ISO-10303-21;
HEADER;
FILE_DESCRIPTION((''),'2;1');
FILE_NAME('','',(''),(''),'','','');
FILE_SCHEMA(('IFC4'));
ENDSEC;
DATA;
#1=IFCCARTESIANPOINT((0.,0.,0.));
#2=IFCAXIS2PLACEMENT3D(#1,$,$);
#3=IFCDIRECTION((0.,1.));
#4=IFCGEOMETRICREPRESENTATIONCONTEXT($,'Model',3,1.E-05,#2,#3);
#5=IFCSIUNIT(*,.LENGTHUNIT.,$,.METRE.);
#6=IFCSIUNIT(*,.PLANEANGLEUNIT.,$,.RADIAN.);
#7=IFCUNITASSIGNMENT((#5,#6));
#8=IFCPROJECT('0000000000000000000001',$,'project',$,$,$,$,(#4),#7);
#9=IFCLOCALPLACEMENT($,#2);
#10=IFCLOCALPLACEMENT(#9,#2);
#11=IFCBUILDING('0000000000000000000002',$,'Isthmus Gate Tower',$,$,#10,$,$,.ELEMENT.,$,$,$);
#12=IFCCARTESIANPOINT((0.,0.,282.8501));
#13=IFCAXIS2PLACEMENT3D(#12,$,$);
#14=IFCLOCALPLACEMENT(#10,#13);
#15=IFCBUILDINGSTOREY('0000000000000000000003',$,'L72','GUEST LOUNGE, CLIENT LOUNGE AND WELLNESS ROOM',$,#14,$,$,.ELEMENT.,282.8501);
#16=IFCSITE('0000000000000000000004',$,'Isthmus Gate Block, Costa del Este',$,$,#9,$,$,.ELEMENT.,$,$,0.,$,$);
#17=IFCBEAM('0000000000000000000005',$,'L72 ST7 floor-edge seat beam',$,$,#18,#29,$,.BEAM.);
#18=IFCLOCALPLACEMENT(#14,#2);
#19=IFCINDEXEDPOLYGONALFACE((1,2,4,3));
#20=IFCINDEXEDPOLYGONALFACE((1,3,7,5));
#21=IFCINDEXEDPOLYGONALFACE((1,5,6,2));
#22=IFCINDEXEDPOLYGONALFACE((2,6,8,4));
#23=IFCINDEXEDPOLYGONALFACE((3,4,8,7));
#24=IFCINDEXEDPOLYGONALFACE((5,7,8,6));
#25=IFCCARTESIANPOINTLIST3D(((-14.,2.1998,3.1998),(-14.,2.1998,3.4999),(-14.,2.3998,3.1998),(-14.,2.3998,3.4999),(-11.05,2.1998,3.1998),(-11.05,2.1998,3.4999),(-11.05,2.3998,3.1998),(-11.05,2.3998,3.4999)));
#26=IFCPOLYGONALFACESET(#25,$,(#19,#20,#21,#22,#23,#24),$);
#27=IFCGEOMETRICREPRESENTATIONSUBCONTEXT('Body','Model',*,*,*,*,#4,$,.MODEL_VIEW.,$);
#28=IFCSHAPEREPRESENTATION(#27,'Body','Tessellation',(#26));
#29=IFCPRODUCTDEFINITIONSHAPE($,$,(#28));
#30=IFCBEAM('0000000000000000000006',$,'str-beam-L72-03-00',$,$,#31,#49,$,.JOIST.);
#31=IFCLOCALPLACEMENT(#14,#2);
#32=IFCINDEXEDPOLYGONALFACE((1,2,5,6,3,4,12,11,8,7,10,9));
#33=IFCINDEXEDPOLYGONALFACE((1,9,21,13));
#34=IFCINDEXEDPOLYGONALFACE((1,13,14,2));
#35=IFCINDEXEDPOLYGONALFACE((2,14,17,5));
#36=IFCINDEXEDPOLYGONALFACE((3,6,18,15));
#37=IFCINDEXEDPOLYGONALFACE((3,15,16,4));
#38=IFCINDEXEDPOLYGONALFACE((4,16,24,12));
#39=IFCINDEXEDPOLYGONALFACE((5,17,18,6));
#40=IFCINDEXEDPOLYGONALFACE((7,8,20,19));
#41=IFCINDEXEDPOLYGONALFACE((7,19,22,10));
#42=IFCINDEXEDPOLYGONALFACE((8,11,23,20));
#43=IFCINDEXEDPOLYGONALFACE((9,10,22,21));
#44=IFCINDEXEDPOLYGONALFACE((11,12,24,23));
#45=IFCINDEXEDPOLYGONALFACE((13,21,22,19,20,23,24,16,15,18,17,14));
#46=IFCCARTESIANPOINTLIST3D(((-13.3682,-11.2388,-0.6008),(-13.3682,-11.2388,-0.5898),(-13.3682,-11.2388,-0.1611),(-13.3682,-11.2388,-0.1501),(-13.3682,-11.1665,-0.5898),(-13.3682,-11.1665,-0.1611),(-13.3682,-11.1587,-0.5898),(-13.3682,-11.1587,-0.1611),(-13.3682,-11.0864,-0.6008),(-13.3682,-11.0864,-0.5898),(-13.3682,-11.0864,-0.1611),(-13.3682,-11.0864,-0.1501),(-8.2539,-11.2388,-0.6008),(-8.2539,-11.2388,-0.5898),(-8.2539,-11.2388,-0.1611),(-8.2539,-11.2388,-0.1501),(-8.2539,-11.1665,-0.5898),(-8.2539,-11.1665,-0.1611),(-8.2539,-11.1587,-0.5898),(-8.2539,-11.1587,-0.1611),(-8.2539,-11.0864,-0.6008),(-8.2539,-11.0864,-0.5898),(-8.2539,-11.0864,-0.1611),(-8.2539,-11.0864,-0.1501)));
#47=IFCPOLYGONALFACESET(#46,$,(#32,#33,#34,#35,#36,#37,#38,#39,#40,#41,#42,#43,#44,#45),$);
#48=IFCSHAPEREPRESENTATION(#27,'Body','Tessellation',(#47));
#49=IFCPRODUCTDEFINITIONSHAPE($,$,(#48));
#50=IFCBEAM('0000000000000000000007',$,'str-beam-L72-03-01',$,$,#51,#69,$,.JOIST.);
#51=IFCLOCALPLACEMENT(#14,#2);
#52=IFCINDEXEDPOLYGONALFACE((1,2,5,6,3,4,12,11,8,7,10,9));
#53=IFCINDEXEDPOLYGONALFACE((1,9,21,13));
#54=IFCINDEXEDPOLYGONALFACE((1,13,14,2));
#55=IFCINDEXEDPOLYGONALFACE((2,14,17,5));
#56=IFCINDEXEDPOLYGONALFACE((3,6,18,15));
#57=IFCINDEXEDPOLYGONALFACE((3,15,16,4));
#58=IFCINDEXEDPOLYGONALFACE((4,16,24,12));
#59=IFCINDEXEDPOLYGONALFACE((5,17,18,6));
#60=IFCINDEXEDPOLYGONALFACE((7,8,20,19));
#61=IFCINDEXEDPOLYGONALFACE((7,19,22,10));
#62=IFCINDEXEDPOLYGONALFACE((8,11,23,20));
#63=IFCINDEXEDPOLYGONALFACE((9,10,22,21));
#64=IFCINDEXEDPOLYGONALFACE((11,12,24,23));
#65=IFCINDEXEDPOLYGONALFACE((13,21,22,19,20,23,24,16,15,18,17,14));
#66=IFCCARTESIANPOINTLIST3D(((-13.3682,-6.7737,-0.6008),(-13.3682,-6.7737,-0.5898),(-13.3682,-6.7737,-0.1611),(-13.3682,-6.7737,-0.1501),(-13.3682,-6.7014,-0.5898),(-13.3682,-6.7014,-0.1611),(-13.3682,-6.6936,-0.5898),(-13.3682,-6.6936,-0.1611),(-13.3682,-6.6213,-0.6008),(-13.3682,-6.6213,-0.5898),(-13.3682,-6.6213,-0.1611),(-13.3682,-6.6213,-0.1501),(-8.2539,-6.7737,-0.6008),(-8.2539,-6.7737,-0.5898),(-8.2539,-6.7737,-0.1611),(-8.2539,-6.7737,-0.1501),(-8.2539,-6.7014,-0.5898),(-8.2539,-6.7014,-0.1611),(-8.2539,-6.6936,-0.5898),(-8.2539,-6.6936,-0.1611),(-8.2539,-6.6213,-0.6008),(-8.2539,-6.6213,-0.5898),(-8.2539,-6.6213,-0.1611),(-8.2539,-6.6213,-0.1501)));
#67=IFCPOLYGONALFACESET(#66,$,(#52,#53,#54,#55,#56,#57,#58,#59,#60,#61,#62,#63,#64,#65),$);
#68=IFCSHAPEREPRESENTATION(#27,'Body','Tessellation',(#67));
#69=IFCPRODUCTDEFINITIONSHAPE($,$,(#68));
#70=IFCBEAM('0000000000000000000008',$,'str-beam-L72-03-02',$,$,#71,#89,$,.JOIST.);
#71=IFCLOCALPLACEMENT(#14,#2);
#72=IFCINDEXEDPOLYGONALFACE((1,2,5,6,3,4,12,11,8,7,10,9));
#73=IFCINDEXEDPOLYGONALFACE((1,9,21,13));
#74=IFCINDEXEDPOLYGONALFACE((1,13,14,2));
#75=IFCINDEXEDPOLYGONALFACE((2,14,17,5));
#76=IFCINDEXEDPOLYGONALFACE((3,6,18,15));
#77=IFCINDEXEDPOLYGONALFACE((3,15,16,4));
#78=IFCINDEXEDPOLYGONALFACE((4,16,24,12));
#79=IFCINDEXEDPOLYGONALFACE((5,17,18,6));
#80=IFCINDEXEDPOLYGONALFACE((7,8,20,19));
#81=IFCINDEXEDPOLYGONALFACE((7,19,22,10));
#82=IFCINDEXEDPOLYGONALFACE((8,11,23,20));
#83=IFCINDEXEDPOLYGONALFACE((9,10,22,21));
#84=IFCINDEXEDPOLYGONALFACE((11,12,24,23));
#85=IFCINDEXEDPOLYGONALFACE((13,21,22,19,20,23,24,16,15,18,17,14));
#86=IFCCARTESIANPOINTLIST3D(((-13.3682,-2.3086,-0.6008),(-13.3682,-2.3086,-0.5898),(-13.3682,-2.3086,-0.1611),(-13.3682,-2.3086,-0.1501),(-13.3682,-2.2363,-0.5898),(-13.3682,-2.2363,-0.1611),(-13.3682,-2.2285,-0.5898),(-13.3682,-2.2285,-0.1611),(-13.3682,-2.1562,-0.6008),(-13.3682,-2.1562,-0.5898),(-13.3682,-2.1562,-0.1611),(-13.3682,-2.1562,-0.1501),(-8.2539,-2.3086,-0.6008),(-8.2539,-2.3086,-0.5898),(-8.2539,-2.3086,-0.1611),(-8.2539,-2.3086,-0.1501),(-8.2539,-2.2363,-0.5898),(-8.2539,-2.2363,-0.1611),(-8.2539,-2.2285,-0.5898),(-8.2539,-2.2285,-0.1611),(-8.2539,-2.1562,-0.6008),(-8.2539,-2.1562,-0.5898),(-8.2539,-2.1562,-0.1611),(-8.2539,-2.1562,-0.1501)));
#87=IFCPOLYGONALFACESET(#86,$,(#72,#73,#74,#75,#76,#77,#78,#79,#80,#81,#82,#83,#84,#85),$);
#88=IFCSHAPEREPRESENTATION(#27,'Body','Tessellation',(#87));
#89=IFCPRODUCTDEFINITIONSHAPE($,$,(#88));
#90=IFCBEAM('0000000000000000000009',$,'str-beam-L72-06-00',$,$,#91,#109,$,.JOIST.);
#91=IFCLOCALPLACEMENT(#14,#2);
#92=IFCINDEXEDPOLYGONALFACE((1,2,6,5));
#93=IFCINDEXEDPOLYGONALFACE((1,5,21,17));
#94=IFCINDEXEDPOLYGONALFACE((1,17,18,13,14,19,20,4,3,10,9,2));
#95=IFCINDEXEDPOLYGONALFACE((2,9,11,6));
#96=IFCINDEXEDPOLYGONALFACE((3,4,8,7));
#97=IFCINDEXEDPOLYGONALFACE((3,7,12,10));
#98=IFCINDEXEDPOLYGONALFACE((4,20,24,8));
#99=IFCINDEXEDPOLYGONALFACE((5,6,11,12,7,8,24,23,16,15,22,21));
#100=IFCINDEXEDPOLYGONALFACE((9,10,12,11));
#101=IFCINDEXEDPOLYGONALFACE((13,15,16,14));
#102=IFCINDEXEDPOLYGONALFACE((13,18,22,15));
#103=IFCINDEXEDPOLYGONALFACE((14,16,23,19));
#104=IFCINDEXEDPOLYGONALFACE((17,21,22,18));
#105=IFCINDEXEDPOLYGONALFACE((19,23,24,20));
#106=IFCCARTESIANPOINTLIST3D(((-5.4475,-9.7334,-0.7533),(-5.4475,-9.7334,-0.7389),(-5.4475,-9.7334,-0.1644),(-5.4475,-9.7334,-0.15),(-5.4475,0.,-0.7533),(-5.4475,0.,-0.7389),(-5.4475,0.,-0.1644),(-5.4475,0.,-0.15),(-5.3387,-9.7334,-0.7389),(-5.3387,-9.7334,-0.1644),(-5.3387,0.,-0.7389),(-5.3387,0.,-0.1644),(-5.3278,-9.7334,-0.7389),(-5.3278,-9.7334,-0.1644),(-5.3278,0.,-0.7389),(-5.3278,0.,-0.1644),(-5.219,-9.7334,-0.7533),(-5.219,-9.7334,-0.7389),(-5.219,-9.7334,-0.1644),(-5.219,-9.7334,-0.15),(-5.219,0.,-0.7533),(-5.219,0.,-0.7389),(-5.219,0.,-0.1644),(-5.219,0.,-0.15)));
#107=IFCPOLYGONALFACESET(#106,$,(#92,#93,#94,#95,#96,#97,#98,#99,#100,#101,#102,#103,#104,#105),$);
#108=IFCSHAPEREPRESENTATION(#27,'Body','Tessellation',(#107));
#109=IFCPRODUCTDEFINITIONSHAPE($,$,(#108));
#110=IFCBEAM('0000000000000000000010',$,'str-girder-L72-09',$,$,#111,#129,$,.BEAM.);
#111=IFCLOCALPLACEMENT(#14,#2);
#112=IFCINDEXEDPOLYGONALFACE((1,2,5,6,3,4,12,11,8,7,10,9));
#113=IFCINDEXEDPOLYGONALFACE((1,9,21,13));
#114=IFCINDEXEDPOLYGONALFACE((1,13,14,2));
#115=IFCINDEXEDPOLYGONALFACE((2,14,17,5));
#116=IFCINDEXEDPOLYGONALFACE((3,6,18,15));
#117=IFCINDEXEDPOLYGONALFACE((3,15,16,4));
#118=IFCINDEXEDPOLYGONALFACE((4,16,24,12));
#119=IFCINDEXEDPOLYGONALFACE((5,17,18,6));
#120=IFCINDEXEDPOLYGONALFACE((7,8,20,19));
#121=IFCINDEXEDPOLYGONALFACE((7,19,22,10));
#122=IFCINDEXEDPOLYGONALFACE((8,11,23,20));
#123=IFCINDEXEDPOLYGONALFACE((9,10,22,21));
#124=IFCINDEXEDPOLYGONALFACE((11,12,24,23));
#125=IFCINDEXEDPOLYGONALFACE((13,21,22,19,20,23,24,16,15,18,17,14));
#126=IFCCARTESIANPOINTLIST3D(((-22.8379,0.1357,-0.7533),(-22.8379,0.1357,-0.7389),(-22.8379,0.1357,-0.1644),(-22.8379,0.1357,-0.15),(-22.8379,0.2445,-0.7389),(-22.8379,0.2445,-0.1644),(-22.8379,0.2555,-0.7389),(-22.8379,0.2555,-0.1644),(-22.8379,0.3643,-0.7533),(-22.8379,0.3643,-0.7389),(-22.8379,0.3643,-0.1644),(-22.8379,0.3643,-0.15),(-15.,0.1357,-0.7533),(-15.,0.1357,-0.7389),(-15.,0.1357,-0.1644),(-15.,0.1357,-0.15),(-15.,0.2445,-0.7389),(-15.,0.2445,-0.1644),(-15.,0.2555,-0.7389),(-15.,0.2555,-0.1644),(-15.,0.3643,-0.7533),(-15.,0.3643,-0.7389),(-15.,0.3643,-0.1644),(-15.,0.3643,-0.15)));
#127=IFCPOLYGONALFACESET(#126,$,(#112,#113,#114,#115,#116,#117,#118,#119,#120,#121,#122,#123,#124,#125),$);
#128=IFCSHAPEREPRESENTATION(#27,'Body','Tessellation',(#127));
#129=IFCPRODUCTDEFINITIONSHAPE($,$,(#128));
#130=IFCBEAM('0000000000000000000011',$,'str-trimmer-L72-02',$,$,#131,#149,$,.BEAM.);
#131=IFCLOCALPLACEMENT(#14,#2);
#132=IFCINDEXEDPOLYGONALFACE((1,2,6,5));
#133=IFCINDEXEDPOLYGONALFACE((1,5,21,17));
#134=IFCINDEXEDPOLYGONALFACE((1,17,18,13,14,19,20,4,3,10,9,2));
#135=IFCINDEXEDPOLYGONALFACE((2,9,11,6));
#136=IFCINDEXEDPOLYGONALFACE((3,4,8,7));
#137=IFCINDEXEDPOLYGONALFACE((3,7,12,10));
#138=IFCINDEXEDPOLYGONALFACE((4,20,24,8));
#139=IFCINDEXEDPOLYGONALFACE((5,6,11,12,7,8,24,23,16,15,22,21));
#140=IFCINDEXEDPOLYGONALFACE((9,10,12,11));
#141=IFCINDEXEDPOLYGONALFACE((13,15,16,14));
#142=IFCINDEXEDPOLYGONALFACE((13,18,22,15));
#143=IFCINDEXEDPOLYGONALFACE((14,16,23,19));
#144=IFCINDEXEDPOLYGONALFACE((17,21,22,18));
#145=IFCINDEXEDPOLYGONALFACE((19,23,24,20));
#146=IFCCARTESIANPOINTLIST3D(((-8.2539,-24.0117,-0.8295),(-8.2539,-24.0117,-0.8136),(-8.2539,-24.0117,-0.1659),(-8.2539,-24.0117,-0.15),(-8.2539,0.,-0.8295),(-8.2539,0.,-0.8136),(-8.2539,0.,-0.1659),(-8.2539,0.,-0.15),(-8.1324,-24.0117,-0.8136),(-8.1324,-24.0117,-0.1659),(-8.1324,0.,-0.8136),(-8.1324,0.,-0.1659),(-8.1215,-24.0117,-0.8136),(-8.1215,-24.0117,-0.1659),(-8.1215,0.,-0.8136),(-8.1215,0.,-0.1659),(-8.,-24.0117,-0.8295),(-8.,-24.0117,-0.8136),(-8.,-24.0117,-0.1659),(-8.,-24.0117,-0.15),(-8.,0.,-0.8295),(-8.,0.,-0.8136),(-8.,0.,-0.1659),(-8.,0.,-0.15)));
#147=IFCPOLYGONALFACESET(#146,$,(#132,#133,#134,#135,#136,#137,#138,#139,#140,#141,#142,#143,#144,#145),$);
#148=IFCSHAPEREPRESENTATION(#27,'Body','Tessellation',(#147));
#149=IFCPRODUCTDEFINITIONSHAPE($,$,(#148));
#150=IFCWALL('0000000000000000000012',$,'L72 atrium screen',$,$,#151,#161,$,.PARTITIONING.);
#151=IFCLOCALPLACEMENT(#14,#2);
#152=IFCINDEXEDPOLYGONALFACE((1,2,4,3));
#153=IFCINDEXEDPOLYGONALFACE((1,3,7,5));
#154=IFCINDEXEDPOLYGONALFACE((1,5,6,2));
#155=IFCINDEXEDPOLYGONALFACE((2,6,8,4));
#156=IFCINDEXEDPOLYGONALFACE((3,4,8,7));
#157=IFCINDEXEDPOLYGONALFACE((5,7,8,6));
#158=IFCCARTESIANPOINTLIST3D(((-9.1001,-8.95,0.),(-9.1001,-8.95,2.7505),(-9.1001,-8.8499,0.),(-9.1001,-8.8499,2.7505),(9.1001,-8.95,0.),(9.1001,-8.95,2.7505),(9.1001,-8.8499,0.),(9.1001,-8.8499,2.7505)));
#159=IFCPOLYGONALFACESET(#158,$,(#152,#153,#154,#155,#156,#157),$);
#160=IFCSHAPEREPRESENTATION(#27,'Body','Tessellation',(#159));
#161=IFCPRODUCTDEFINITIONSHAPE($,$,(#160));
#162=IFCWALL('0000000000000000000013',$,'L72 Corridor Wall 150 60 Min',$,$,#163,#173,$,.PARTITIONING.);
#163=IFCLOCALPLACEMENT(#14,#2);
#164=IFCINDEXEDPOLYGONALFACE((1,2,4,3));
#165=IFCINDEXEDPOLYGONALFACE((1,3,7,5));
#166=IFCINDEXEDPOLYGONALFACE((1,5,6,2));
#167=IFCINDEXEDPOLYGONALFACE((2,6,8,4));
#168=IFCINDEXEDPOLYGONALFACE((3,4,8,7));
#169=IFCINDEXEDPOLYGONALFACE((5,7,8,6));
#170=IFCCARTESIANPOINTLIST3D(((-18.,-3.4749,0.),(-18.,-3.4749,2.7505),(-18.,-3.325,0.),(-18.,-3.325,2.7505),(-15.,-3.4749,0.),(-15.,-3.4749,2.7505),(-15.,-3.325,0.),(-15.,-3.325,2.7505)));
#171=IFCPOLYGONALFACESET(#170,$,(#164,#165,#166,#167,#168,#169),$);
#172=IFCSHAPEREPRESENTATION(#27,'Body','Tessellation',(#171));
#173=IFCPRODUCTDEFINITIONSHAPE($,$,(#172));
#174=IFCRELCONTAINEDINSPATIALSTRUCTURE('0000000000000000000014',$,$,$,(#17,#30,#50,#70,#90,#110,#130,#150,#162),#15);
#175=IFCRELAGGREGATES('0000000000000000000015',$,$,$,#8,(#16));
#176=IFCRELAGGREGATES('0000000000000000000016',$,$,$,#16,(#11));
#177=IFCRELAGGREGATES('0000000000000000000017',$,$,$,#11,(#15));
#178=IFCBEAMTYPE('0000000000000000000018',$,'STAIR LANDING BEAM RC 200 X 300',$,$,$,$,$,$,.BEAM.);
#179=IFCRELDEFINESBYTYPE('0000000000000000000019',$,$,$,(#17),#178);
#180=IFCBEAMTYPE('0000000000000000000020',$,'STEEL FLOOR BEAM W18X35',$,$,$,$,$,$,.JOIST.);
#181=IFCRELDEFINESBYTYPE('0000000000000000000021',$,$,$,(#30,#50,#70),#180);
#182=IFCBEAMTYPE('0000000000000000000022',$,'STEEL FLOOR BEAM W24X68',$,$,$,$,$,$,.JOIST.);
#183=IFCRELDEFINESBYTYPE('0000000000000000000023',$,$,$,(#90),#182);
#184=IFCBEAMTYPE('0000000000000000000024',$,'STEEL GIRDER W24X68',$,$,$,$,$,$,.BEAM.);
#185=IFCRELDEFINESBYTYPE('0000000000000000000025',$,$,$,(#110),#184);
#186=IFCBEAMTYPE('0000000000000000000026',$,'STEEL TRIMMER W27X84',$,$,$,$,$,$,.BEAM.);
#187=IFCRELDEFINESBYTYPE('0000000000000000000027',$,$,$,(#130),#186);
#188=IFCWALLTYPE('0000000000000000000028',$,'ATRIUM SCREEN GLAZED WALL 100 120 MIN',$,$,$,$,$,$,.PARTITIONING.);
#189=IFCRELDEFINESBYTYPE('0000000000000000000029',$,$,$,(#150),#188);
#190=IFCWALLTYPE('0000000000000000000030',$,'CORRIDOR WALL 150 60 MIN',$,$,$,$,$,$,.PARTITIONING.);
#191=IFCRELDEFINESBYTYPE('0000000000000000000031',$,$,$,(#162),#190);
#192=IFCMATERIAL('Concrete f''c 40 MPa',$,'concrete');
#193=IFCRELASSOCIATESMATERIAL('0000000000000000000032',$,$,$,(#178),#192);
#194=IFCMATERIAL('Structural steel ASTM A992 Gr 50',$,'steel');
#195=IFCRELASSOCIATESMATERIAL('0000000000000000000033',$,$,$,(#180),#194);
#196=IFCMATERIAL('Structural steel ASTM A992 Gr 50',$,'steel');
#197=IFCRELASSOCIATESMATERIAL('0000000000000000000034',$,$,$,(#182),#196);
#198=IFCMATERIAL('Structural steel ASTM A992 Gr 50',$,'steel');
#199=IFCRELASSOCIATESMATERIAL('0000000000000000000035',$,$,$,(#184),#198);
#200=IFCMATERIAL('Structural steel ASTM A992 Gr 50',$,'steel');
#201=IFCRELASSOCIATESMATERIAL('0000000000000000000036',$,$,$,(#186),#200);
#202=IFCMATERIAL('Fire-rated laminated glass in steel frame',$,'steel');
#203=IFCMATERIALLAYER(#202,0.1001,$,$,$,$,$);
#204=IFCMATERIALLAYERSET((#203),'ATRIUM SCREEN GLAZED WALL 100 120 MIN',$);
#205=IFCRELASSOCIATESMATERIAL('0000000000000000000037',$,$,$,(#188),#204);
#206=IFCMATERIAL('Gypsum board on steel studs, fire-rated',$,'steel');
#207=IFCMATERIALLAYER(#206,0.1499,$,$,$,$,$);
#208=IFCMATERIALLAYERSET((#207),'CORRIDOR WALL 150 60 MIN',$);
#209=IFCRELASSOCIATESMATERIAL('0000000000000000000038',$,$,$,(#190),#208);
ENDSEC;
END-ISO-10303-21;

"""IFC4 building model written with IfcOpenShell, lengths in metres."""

from ifc_helpers import new_model, si_unit, direction, frame, frame_2d, origin, origin_2d, place, context, subcontext, project, spatial, rectangle, i_section, extrude, material, layer, layer_set, material_profile, profile_set, type_object, element, save


model = new_model("IFC4")

# Units and contexts
model_context = context("Model", 3, precision=1e-05, world=origin(), true_north=direction((0.0, 1.0)))
body_context = subcontext(model_context, "Body", "Model", "MODEL_VIEW")
ifc_project = project(units=[si_unit("LENGTHUNIT", "METRE"), si_unit("PLANEANGLEUNIT", "RADIAN")], contexts=[model_context])

# Site, building, storey
site_placement = place(None, origin())
site = spatial("IfcSite", under=ifc_project, at=site_placement, Name="Isthmus Gate Block, Costa del Este", CompositionType="ELEMENT", RefElevation=0.0)
building_placement = place(site_placement, origin())
building = spatial("IfcBuilding", under=site, at=building_placement, Name="Isthmus Gate Tower", CompositionType="ELEMENT")
storey_placement = place(building_placement, frame((0.0, 0.0, 282.8501)))
storey = spatial("IfcBuildingStorey", under=building, at=storey_placement, Name="L72", Description="GUEST LOUNGE, CLIENT LOUNGE AND WELLNESS ROOM", CompositionType="ELEMENT", Elevation=282.8501)

# Beams
ifc_material_1 = material(Name="Concrete f'c 40 MPa", Category="concrete")
ifc_material_profile_1 = material_profile(ifc_material_1, rectangle(XDim=0.2, YDim=0.3, at=origin_2d()), Name="STAIR LANDING BEAM RC 200 X 300")
ifc_profile_set_1 = profile_set([ifc_material_profile_1], Name="Concrete f'c 40 MPa")
beam_type_1 = type_object("IfcBeamType", Name="STAIR LANDING BEAM RC 200 X 300", PredefinedType="BEAM", material=ifc_profile_set_1)
beam_1_placement = place(storey_placement, frame((-14.0, 2.2998, 3.3499), z_axis=(1.0, 0.0, 0.0), x_axis=(0.0, 1.0, 0.0)))
element("IfcBeam", 1, at=beam_1_placement, inside=storey, type_object=beam_type_1, Name="L72 ST7 floor-edge seat beam", PredefinedType="BEAM", context=body_context, shape_type="SweptSolid", body=[
    extrude(rectangle(XDim=0.2, YDim=0.3, at=origin_2d()), origin(), (0.0, 0.0, 1.0), 2.95),
])
ifc_material_2 = material(Name="Structural steel ASTM A992 Gr 50", Category="steel")
ifc_material_profile_2 = material_profile(ifc_material_2, i_section(OverallWidth=0.1523, OverallDepth=0.4507, WebThickness=0.0078, FlangeThickness=0.011, at=origin_2d()), Name="W18X35")
ifc_profile_set_2 = profile_set([ifc_material_profile_2], Name="Structural steel ASTM A992 Gr 50")
beam_type_2 = type_object("IfcBeamType", Name="STEEL FLOOR BEAM W18X35", PredefinedType="JOIST", material=ifc_profile_set_2)
for number, where, z_axis, x_axis, name in (
    (2, (-13.3682, -11.1626, -0.3755), (1.0, 0.0, 0.0), (0.0, 1.0, 0.0), "str-beam-L72-03-00"),
    (3, (-13.3682, -6.6975, -0.3755), (1.0, 0.0, 0.0), (0.0, 1.0, 0.0), "str-beam-L72-03-01"),
    (4, (-13.3682, -2.2324, -0.3755), (1.0, 0.0, 0.0), (0.0, 1.0, 0.0), "str-beam-L72-03-02"),
):
    element("IfcBeam", number, at=place(storey_placement, frame(where, z_axis=z_axis, x_axis=x_axis)), inside=storey, type_object=beam_type_2, Name=name, PredefinedType="JOIST", context=body_context, shape_type="SweptSolid", body=[
        extrude(i_section(OverallWidth=0.1523, OverallDepth=0.4507, WebThickness=0.0078, FlangeThickness=0.011, at=origin_2d()), origin(), (0.0, 0.0, 1.0), 5.1143),
    ])
ifc_material_3 = material(Name="Structural steel ASTM A992 Gr 50", Category="steel")
ifc_material_profile_3 = material_profile(ifc_material_3, i_section(OverallWidth=0.2285, OverallDepth=0.6033, WebThickness=0.011, FlangeThickness=0.0144, at=origin_2d()), Name="W24X68")
ifc_profile_set_3 = profile_set([ifc_material_profile_3], Name="Structural steel ASTM A992 Gr 50")
beam_type_3 = type_object("IfcBeamType", Name="STEEL FLOOR BEAM W24X68", PredefinedType="JOIST", material=ifc_profile_set_3)
beam_2_placement = place(storey_placement, frame((-5.3333, -9.7334, -0.4517), z_axis=(0.0, 1.0, 0.0), x_axis=(-1.0, 0.0, 0.0)))
element("IfcBeam", 5, at=beam_2_placement, inside=storey, type_object=beam_type_3, Name="str-beam-L72-06-00", PredefinedType="JOIST", context=body_context, shape_type="SweptSolid", body=[
    extrude(i_section(OverallWidth=0.2285, OverallDepth=0.6033, WebThickness=0.011, FlangeThickness=0.0144, at=origin_2d()), origin(), (0.0, 0.0, 1.0), 9.7334),
])
ifc_material_4 = material(Name="Structural steel ASTM A992 Gr 50", Category="steel")
ifc_material_profile_4 = material_profile(ifc_material_4, i_section(OverallWidth=0.2285, OverallDepth=0.6033, WebThickness=0.011, FlangeThickness=0.0144, at=origin_2d()), Name="W24X68")
ifc_profile_set_4 = profile_set([ifc_material_profile_4], Name="Structural steel ASTM A992 Gr 50")
beam_type_4 = type_object("IfcBeamType", Name="STEEL GIRDER W24X68", PredefinedType="BEAM", material=ifc_profile_set_4)
beam_3_placement = place(storey_placement, frame((-15.0, 0.25, -0.4517), z_axis=(-1.0, 0.0, 0.0), x_axis=(0.0, -1.0, 0.0)))
element("IfcBeam", 6, at=beam_3_placement, inside=storey, type_object=beam_type_4, Name="str-girder-L72-09", PredefinedType="BEAM", context=body_context, shape_type="SweptSolid", body=[
    extrude(i_section(OverallWidth=0.2285, OverallDepth=0.6033, WebThickness=0.011, FlangeThickness=0.0144, at=origin_2d()), origin(), (0.0, 0.0, 1.0), 7.8379),
])
ifc_material_5 = material(Name="Structural steel ASTM A992 Gr 50", Category="steel")
ifc_material_profile_5 = material_profile(ifc_material_5, i_section(OverallWidth=0.2539, OverallDepth=0.6794, WebThickness=0.011, FlangeThickness=0.0159, at=origin_2d()), Name="W27X84")
ifc_profile_set_5 = profile_set([ifc_material_profile_5], Name="Structural steel ASTM A992 Gr 50")
beam_type_5 = type_object("IfcBeamType", Name="STEEL TRIMMER W27X84", PredefinedType="BEAM", material=ifc_profile_set_5)
beam_4_placement = place(storey_placement, frame((-8.127, 0.0, -0.4897), z_axis=(0.0, -1.0, 0.0), x_axis=(1.0, 0.0, 0.0)))
element("IfcBeam", 7, at=beam_4_placement, inside=storey, type_object=beam_type_5, Name="str-trimmer-L72-02", PredefinedType="BEAM", context=body_context, shape_type="SweptSolid", body=[
    extrude(i_section(OverallWidth=0.2539, OverallDepth=0.6794, WebThickness=0.011, FlangeThickness=0.0159, at=origin_2d()), origin(), (0.0, 0.0, 1.0), 24.0117),
])

# Walls
ifc_material_6 = material(Name="Fire-rated laminated glass in steel frame", Category="steel")
ifc_layer_1 = layer(ifc_material_6, 0.1001)
ifc_layer_set_1 = layer_set([ifc_layer_1], Name="ATRIUM SCREEN GLAZED WALL 100 120 MIN")
wall_type_1 = type_object("IfcWallType", Name="ATRIUM SCREEN GLAZED WALL 100 120 MIN", PredefinedType="PARTITIONING", material=ifc_layer_set_1)
wall_1_placement = place(storey_placement, frame((-9.1001, -8.8999, 0.0), z_axis=(0.0, 0.0, 1.0), x_axis=(1.0, 0.0, 0.0)))
element("IfcWall", 8, at=wall_1_placement, inside=storey, type_object=wall_type_1, Name="L72 atrium screen", PredefinedType="PARTITIONING", context=body_context, shape_type="SweptSolid", body=[
    extrude(rectangle(XDim=18.2002, YDim=0.1001, at=frame_2d((9.1001, 0.0))), origin(), (0.0, 0.0, 1.0), 2.7505),
])
ifc_material_7 = material(Name="Gypsum board on steel studs, fire-rated", Category="steel")
ifc_layer_2 = layer(ifc_material_7, 0.1499)
ifc_layer_set_2 = layer_set([ifc_layer_2], Name="CORRIDOR WALL 150 60 MIN")
wall_type_2 = type_object("IfcWallType", Name="CORRIDOR WALL 150 60 MIN", PredefinedType="PARTITIONING", material=ifc_layer_set_2)
wall_2_placement = place(storey_placement, frame((-15.0, -3.3999, 0.0), z_axis=(0.0, 0.0, 1.0), x_axis=(-1.0, 0.0, 0.0)))
element("IfcWall", 9, at=wall_2_placement, inside=storey, type_object=wall_type_2, Name="L72 Corridor Wall 150 60 Min", PredefinedType="PARTITIONING", context=body_context, shape_type="SweptSolid", body=[
    extrude(rectangle(XDim=3.0, YDim=0.1499, at=frame_2d((1.5, 0.0))), origin(), (0.0, 0.0, 1.0), 2.7505),
])

save(model, "model.ifc")
